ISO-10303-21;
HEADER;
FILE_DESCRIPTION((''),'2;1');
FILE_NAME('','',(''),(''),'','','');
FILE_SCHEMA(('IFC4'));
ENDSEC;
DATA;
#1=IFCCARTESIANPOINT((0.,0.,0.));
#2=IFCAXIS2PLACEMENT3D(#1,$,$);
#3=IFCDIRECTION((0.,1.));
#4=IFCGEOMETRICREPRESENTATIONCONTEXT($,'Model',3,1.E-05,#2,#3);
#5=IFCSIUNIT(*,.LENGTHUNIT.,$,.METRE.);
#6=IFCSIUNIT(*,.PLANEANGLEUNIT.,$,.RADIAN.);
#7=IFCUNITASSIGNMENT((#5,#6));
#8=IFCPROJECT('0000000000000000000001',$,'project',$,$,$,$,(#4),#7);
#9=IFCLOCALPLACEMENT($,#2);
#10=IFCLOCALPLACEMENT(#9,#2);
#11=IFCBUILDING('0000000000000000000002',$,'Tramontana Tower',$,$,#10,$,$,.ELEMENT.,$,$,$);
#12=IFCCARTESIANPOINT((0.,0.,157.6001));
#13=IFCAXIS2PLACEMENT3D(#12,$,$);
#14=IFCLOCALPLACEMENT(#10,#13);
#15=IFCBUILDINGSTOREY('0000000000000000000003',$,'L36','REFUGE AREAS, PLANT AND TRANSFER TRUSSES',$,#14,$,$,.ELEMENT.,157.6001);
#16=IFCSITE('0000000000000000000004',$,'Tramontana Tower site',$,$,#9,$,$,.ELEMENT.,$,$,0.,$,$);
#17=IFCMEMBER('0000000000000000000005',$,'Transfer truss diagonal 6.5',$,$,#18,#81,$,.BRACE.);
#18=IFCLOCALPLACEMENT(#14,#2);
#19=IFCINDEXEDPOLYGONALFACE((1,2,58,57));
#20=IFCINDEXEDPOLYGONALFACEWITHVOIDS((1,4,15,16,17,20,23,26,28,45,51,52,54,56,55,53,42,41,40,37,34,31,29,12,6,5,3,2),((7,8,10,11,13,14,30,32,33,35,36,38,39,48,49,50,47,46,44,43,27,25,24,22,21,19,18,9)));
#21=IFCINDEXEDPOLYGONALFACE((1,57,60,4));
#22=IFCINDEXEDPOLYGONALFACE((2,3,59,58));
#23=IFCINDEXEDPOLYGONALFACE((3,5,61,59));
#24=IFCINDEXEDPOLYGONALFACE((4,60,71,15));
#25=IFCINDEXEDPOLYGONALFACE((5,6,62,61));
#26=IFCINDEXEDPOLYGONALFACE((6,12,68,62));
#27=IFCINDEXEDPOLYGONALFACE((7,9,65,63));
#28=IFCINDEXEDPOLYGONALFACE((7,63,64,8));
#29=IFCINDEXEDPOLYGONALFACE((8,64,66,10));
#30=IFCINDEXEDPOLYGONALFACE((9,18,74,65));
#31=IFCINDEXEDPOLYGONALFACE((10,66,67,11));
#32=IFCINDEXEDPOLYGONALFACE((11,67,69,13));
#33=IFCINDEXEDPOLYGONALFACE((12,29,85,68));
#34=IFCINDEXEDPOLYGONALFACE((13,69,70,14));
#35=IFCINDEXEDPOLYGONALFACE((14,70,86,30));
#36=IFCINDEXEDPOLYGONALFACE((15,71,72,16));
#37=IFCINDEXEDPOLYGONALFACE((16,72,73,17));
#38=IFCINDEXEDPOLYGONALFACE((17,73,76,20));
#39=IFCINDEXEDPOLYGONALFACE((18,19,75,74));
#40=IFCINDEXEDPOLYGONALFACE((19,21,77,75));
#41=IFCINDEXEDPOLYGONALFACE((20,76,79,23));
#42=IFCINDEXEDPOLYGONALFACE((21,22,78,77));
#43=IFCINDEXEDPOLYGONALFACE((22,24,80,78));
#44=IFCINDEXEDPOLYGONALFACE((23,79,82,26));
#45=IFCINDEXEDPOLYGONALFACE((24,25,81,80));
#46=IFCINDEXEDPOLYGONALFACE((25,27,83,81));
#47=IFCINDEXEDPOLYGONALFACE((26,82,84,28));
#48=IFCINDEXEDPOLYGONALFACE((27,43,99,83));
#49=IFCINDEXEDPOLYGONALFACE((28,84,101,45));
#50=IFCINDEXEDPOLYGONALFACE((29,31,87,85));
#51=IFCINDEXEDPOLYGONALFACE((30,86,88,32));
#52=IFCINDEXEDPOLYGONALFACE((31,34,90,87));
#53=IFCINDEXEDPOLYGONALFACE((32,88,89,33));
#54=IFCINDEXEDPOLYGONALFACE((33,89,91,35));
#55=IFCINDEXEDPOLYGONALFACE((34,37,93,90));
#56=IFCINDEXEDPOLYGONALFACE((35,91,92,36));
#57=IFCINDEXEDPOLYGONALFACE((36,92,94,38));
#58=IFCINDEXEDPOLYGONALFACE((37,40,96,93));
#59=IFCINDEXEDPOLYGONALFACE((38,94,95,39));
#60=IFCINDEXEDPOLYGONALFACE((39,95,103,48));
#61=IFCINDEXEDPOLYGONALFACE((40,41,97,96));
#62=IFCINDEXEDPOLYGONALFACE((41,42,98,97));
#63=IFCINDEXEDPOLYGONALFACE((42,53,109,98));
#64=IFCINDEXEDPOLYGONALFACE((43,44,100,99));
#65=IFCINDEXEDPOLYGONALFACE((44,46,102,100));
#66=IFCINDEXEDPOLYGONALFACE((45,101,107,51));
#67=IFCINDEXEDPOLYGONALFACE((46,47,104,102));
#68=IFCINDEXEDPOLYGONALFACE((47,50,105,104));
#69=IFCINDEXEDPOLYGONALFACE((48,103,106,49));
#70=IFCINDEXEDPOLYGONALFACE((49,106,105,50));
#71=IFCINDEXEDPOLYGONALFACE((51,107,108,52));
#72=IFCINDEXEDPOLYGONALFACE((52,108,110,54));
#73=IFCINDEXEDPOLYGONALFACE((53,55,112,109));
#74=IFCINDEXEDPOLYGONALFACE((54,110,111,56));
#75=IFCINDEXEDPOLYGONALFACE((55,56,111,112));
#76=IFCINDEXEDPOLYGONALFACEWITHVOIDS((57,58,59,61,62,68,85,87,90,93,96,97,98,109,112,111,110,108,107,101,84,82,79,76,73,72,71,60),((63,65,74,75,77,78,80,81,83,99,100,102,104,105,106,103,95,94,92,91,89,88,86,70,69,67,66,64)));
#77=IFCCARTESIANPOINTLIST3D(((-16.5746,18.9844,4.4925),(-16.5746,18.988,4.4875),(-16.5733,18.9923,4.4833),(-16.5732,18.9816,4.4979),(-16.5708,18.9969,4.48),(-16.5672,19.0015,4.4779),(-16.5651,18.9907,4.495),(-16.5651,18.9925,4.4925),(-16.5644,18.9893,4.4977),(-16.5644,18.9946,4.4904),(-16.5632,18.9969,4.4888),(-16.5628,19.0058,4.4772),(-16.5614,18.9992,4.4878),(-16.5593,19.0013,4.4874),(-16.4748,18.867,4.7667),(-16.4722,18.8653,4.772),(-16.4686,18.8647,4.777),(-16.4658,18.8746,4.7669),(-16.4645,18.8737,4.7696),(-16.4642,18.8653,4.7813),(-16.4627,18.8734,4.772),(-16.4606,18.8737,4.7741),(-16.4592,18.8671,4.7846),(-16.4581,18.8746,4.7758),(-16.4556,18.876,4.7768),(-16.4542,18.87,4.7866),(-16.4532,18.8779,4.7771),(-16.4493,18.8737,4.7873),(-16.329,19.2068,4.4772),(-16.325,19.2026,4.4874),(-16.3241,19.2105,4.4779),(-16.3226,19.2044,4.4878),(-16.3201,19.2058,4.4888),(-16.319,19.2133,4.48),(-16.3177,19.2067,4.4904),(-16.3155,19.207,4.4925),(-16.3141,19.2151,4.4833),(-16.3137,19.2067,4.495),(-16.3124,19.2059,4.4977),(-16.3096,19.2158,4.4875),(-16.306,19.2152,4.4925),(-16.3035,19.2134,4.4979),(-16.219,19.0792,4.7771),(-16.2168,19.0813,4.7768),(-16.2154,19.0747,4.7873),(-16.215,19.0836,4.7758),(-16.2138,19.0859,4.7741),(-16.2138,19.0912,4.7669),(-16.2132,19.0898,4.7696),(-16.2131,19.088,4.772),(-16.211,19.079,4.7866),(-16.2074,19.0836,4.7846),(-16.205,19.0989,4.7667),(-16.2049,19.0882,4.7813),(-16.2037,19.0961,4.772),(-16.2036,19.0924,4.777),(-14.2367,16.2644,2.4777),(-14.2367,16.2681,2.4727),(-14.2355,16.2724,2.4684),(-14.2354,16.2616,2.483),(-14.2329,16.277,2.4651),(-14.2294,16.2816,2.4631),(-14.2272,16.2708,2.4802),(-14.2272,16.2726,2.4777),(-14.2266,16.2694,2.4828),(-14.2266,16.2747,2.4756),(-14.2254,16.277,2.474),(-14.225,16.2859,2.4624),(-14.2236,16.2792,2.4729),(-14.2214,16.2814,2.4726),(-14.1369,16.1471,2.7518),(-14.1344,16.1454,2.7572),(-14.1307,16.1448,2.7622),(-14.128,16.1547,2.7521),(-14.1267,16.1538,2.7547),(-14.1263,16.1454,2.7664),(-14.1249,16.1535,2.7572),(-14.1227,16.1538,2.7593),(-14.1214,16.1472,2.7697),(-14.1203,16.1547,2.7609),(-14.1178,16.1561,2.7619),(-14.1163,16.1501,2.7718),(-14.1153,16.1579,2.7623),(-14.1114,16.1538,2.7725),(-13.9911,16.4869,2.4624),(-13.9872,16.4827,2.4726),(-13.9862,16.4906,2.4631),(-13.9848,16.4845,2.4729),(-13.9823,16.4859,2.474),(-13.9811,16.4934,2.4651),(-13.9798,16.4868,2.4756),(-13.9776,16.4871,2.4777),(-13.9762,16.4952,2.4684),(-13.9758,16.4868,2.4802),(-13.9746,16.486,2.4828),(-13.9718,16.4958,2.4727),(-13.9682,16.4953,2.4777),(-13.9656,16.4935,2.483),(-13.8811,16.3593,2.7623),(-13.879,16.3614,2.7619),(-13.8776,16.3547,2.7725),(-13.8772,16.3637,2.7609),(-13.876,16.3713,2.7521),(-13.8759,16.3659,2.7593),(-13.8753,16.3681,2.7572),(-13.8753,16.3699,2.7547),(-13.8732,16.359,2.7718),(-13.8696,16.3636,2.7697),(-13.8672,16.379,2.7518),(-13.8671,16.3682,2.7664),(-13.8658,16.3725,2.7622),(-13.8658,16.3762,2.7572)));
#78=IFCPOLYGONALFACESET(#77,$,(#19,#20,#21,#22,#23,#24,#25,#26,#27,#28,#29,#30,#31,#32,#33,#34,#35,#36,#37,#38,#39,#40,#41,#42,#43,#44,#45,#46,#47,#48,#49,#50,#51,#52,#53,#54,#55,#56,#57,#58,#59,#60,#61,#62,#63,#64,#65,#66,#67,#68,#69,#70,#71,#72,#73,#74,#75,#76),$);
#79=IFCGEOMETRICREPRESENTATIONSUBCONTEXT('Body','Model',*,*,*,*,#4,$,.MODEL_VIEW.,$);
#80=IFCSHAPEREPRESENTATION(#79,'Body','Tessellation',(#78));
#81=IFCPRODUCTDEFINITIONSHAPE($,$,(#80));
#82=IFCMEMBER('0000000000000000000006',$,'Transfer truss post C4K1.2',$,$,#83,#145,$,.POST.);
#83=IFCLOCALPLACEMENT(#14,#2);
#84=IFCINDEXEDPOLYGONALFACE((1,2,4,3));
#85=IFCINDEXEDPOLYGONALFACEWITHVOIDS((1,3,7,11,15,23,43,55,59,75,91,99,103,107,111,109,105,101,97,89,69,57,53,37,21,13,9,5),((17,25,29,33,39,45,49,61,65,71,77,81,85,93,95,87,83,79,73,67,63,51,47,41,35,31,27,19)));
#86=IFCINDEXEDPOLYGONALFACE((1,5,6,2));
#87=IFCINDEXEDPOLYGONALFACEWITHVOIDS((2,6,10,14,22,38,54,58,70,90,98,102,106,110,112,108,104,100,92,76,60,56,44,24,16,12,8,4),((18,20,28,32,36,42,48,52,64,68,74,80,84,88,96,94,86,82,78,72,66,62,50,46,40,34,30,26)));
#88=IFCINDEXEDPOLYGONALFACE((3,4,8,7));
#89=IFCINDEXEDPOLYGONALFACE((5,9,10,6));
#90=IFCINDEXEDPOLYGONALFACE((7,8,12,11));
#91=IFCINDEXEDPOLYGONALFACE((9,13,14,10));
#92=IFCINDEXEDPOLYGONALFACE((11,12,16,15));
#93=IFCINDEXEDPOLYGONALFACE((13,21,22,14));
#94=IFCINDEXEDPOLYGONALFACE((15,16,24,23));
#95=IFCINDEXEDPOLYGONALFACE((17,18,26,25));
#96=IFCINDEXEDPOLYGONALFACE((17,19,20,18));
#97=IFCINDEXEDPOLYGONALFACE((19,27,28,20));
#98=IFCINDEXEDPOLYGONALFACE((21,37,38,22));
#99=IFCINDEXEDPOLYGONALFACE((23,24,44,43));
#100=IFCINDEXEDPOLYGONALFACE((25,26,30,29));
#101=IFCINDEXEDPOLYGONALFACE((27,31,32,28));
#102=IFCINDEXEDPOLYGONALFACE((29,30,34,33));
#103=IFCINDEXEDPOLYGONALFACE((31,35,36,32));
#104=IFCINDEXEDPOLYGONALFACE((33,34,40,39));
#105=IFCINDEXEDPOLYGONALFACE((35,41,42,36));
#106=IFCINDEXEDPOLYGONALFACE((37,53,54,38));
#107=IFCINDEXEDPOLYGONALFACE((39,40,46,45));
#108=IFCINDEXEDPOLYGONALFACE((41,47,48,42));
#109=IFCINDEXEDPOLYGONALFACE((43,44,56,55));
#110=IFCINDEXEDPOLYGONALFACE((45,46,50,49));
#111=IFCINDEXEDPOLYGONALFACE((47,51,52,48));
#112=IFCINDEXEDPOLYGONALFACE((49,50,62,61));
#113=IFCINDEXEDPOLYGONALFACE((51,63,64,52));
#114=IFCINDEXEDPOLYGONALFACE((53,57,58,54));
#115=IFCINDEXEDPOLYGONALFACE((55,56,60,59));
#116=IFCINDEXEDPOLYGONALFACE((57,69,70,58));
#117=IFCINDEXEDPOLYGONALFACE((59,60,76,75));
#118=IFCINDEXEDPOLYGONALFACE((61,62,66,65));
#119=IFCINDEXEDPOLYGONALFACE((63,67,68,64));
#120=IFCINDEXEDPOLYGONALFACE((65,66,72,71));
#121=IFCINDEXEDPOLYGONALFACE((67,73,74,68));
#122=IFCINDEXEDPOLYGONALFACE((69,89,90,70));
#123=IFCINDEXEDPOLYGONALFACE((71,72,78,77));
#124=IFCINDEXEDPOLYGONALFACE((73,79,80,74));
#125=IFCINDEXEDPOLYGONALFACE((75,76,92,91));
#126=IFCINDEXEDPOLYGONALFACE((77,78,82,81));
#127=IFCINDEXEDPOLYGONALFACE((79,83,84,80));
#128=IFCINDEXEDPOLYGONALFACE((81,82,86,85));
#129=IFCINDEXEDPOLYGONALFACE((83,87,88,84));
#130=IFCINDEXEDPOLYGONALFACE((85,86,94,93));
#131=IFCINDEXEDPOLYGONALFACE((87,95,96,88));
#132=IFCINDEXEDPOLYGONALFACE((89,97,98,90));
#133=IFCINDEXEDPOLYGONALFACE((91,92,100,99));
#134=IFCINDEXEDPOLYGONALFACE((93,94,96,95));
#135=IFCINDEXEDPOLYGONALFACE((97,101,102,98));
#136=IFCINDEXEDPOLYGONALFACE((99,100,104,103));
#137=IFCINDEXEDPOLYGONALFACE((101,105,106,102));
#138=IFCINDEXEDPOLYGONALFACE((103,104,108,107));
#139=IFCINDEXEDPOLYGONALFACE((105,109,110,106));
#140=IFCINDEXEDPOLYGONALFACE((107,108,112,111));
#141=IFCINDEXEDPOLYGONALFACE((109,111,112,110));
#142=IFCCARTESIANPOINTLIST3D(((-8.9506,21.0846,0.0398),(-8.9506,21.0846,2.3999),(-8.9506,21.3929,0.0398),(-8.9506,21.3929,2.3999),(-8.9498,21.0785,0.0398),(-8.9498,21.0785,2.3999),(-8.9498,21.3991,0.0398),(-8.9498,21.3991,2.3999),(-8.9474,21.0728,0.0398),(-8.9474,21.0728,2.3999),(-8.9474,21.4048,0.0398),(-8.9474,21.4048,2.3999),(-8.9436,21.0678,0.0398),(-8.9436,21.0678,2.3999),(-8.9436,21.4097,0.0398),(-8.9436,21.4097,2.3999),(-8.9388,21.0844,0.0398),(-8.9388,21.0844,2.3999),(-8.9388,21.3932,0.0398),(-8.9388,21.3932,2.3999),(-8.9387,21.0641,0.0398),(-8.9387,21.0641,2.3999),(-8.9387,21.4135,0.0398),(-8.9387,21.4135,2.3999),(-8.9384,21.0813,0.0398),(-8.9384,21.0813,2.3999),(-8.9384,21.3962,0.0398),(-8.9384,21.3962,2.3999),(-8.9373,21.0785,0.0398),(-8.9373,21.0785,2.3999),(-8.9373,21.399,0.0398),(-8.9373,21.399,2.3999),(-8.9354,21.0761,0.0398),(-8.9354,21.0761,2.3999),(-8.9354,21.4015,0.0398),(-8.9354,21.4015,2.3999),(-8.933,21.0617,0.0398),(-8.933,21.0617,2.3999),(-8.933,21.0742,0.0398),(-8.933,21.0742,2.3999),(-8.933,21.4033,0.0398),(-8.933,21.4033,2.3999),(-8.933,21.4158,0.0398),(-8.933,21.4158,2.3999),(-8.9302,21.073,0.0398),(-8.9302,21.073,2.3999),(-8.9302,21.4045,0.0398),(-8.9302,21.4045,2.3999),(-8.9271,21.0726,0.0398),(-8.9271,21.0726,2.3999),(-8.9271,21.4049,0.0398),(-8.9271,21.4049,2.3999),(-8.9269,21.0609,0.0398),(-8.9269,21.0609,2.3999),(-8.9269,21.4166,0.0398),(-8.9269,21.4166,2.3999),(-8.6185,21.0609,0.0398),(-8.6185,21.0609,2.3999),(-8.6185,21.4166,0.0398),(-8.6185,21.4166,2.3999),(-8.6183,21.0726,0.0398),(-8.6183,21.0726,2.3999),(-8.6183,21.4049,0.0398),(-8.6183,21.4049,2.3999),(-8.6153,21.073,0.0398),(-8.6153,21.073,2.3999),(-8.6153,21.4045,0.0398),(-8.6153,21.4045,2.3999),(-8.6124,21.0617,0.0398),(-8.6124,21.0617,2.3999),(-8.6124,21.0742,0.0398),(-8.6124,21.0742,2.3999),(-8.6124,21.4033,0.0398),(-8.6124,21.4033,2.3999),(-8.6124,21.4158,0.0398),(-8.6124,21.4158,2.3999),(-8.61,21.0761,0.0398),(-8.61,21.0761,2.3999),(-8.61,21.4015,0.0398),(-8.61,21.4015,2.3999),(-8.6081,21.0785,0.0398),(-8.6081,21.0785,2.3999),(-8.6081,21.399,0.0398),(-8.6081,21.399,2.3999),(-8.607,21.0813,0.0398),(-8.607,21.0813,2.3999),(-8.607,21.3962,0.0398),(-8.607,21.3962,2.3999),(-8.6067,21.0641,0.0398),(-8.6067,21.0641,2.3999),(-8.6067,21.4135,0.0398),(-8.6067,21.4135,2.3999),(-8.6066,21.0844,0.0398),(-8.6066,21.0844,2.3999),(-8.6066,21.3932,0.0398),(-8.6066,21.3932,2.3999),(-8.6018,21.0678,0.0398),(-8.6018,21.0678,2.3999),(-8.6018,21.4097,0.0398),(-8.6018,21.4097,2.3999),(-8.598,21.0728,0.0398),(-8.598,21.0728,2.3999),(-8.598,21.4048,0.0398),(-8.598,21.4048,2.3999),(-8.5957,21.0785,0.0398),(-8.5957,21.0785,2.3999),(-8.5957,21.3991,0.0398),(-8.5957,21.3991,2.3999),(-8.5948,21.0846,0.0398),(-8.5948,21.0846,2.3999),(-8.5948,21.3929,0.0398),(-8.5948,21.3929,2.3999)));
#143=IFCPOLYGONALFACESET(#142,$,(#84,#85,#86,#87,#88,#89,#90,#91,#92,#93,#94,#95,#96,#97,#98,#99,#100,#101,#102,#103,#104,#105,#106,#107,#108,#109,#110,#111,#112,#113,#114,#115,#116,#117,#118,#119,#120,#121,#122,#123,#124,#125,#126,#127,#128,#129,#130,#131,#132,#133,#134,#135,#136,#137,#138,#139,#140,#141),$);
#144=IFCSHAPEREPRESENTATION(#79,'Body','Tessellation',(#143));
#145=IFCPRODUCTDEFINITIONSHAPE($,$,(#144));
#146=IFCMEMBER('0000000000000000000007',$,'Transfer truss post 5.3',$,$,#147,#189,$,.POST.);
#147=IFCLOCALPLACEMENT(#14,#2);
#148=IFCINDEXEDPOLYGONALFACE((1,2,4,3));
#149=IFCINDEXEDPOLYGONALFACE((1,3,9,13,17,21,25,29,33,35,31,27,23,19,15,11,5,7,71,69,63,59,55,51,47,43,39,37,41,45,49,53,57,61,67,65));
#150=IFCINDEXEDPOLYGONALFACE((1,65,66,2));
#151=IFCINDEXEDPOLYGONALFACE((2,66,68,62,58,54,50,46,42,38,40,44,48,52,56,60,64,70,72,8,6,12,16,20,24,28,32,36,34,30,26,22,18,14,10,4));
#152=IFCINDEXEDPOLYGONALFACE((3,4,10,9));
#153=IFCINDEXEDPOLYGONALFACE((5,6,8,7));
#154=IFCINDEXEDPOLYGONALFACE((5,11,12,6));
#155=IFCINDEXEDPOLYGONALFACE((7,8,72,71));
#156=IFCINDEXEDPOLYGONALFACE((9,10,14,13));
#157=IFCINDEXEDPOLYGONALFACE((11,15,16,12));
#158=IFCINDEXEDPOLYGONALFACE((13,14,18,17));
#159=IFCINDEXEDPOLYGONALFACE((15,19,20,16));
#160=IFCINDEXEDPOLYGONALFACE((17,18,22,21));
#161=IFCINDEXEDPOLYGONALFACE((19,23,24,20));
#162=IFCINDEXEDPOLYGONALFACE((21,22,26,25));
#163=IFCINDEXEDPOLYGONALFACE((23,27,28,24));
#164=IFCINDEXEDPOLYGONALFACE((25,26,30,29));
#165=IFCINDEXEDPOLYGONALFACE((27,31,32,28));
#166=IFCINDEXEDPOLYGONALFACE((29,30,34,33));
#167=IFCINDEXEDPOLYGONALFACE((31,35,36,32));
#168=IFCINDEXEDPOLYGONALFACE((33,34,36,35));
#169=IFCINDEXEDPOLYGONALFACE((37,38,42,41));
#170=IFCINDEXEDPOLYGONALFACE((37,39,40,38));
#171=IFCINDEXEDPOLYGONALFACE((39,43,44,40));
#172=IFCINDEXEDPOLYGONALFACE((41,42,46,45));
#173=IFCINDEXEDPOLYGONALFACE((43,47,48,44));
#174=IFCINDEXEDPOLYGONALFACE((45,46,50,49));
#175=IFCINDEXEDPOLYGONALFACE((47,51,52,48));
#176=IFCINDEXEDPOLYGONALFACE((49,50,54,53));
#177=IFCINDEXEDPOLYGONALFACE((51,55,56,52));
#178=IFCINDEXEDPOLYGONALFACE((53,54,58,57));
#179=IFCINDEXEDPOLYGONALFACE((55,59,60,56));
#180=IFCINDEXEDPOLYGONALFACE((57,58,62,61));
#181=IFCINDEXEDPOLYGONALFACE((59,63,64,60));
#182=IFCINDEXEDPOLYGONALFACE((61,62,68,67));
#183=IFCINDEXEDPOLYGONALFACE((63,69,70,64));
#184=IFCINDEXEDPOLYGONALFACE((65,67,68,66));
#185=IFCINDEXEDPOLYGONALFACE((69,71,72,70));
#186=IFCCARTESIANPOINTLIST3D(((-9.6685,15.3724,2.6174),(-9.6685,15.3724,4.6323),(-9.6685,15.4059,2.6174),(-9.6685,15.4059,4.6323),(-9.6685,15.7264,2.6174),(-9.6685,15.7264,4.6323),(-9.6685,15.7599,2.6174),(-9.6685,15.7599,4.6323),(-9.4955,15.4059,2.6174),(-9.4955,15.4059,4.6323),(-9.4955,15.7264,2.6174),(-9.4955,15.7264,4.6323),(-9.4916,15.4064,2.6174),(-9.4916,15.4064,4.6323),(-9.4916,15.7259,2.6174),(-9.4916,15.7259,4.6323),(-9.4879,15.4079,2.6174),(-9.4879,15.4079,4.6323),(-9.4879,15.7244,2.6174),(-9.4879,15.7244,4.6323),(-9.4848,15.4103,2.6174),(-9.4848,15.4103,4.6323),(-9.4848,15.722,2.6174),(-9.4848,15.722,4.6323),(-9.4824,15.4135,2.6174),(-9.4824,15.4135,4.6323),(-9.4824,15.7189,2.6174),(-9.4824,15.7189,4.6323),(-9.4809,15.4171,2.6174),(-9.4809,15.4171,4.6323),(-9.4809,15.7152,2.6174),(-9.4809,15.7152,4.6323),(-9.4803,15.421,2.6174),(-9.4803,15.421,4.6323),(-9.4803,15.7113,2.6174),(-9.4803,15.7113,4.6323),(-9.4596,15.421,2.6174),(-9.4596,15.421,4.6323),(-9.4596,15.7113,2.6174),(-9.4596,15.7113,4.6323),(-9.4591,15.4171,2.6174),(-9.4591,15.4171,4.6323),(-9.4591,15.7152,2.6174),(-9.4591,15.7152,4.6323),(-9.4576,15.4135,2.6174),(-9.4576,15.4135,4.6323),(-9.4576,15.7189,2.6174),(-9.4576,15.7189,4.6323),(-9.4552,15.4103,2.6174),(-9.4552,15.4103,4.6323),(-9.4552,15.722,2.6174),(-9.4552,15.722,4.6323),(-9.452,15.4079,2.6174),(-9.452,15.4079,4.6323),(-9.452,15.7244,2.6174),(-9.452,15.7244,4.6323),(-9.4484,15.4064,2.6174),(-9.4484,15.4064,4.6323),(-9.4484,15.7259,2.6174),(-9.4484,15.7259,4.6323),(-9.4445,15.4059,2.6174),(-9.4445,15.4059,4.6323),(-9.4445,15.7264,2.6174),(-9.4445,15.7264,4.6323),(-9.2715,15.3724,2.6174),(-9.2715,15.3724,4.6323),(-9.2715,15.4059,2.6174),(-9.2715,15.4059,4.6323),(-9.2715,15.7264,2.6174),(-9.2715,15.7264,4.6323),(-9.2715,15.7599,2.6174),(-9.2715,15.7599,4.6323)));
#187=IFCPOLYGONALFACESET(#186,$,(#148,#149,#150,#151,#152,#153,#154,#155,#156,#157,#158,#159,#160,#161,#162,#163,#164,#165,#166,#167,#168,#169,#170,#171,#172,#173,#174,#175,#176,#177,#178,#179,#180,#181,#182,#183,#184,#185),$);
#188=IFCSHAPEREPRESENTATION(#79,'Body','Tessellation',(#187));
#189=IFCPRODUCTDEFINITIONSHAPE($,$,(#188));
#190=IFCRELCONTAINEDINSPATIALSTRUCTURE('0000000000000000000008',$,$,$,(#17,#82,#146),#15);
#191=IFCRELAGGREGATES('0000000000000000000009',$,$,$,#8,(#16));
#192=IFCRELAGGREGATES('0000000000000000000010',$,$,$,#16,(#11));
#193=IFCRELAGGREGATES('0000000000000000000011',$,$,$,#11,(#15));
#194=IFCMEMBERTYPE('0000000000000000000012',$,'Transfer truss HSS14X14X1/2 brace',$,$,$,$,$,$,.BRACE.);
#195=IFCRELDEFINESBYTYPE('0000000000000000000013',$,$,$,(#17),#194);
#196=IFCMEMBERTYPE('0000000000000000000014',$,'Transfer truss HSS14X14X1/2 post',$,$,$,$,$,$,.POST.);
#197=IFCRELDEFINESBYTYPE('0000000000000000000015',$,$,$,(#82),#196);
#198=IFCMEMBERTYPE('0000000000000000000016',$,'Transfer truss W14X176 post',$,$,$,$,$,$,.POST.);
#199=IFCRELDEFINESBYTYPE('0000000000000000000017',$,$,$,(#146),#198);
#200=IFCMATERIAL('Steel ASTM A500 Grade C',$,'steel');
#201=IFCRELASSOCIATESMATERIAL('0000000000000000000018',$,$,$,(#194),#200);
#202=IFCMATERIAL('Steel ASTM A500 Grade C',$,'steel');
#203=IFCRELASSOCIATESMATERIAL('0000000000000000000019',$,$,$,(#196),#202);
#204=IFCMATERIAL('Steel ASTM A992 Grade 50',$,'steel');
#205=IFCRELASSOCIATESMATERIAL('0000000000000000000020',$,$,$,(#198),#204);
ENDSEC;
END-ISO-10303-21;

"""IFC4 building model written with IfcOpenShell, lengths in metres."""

from ifc_helpers import new_model, si_unit, direction, frame, origin, origin_2d, place, context, subcontext, project, spatial, hollow_rectangle, i_section, extrude, material, material_profile, profile_set, type_object, element, save


model = new_model("IFC4")

# Units and contexts
model_context = context("Model", 3, precision=1e-05, world=origin(), true_north=direction((0.0, 1.0)))
body_context = subcontext(model_context, "Body", "Model", "MODEL_VIEW")
ifc_project = project(units=[si_unit("LENGTHUNIT", "METRE"), si_unit("PLANEANGLEUNIT", "RADIAN")], contexts=[model_context])

# Site, building, storey
site_placement = place(None, origin())
site = spatial("IfcSite", under=ifc_project, at=site_placement, Name="Tramontana Tower site", CompositionType="ELEMENT", RefElevation=0.0)
building_placement = place(site_placement, origin())
building = spatial("IfcBuilding", under=site, at=building_placement, Name="Tramontana Tower", CompositionType="ELEMENT")
storey_placement = place(building_placement, frame((0.0, 0.0, 157.6001)))
storey = spatial("IfcBuildingStorey", under=building, at=storey_placement, Name="L36", Description="REFUGE AREAS, PLANT AND TRANSFER TRUSSES", CompositionType="ELEMENT", Elevation=157.6001)

# Members
ifc_material_1 = material(Name="Steel ASTM A500 Grade C", Category="steel")
ifc_material_profile_1 = material_profile(ifc_material_1, hollow_rectangle(XDim=0.3557, YDim=0.3557, WallThickness=0.0117, InnerFilletRadius=0.0117, OuterFilletRadius=0.0237, at=origin_2d()), Name="HSS14X14X1/2")
ifc_profile_set_1 = profile_set([ifc_material_profile_1], Name="Steel ASTM A500 Grade C")
member_type_1 = type_object("IfcMemberType", Name="Transfer truss HSS14X14X1/2 brace", PredefinedType="BRACE", material=ifc_profile_set_1)
for number, where, z_axis, x_axis, name in (
    (1, (-14.0513, 16.3203, 2.6174), (-0.568297, 0.661174, 0.489783), (-0.758362, -0.651833, 0.0), "Transfer truss diagonal 6.5"),
):
    element("IfcMember", number, at=place(storey_placement, frame(where, z_axis=z_axis, x_axis=x_axis)), inside=storey, type_object=member_type_1, Name=name, PredefinedType="BRACE", context=body_context, shape_type="SweptSolid", body=[
        extrude(hollow_rectangle(XDim=0.3557, YDim=0.3557, WallThickness=0.0117, InnerFilletRadius=0.0117, OuterFilletRadius=0.0237, at=origin_2d()), origin(), (0.0, 0.0, 1.0), 4.1138),
    ])
ifc_material_2 = material(Name="Steel ASTM A500 Grade C", Category="steel")
ifc_material_profile_2 = material_profile(ifc_material_2, hollow_rectangle(XDim=0.3557, YDim=0.3557, WallThickness=0.0117, InnerFilletRadius=0.0117, OuterFilletRadius=0.0237, at=origin_2d()), Name="HSS14X14X1/2")
ifc_profile_set_2 = profile_set([ifc_material_profile_2], Name="Steel ASTM A500 Grade C")
member_type_2 = type_object("IfcMemberType", Name="Transfer truss HSS14X14X1/2 post", PredefinedType="POST", material=ifc_profile_set_2)
member_1_placement = place(storey_placement, frame((-8.7727, 21.2388, 0.0398), z_axis=(0.0, 0.0, 1.0), x_axis=(1.0, 0.0, 0.0)))
element("IfcMember", 2, at=member_1_placement, inside=storey, type_object=member_type_2, Name="Transfer truss post C4K1.2", PredefinedType="POST", context=body_context, shape_type="SweptSolid", body=[
    extrude(hollow_rectangle(XDim=0.3557, YDim=0.3557, WallThickness=0.0117, InnerFilletRadius=0.0117, OuterFilletRadius=0.0237, at=origin_2d()), origin(), (0.0, 0.0, 1.0), 2.3601),
])
ifc_material_3 = material(Name="Steel ASTM A992 Grade 50", Category="steel")
ifc_material_profile_3 = material_profile(ifc_material_3, i_section(OverallWidth=0.397, OverallDepth=0.3875, WebThickness=0.0208, FlangeThickness=0.0334, FilletRadius=0.0151, at=origin_2d()), Name="W14X176")
ifc_profile_set_3 = profile_set([ifc_material_profile_3], Name="Steel ASTM A992 Grade 50")
member_type_3 = type_object("IfcMemberType", Name="Transfer truss W14X176 post", PredefinedType="POST", material=ifc_profile_set_3)
for number, where, z_axis, x_axis, name in (
    (3, (-9.47, 15.5662, 2.6174), (0.0, 0.0, 1.0), (1.0, 0.0, 0.0), "Transfer truss post 5.3"),
):
    element("IfcMember", number, at=place(storey_placement, frame(where, z_axis=z_axis, x_axis=x_axis)), inside=storey, type_object=member_type_3, Name=name, PredefinedType="POST", context=body_context, shape_type="SweptSolid", body=[
        extrude(i_section(OverallWidth=0.397, OverallDepth=0.3875, WebThickness=0.0208, FlangeThickness=0.0334, FilletRadius=0.0151, at=origin_2d()), origin(), (0.0, 0.0, 1.0), 2.0149),
    ])

save(model, "model.ifc")
